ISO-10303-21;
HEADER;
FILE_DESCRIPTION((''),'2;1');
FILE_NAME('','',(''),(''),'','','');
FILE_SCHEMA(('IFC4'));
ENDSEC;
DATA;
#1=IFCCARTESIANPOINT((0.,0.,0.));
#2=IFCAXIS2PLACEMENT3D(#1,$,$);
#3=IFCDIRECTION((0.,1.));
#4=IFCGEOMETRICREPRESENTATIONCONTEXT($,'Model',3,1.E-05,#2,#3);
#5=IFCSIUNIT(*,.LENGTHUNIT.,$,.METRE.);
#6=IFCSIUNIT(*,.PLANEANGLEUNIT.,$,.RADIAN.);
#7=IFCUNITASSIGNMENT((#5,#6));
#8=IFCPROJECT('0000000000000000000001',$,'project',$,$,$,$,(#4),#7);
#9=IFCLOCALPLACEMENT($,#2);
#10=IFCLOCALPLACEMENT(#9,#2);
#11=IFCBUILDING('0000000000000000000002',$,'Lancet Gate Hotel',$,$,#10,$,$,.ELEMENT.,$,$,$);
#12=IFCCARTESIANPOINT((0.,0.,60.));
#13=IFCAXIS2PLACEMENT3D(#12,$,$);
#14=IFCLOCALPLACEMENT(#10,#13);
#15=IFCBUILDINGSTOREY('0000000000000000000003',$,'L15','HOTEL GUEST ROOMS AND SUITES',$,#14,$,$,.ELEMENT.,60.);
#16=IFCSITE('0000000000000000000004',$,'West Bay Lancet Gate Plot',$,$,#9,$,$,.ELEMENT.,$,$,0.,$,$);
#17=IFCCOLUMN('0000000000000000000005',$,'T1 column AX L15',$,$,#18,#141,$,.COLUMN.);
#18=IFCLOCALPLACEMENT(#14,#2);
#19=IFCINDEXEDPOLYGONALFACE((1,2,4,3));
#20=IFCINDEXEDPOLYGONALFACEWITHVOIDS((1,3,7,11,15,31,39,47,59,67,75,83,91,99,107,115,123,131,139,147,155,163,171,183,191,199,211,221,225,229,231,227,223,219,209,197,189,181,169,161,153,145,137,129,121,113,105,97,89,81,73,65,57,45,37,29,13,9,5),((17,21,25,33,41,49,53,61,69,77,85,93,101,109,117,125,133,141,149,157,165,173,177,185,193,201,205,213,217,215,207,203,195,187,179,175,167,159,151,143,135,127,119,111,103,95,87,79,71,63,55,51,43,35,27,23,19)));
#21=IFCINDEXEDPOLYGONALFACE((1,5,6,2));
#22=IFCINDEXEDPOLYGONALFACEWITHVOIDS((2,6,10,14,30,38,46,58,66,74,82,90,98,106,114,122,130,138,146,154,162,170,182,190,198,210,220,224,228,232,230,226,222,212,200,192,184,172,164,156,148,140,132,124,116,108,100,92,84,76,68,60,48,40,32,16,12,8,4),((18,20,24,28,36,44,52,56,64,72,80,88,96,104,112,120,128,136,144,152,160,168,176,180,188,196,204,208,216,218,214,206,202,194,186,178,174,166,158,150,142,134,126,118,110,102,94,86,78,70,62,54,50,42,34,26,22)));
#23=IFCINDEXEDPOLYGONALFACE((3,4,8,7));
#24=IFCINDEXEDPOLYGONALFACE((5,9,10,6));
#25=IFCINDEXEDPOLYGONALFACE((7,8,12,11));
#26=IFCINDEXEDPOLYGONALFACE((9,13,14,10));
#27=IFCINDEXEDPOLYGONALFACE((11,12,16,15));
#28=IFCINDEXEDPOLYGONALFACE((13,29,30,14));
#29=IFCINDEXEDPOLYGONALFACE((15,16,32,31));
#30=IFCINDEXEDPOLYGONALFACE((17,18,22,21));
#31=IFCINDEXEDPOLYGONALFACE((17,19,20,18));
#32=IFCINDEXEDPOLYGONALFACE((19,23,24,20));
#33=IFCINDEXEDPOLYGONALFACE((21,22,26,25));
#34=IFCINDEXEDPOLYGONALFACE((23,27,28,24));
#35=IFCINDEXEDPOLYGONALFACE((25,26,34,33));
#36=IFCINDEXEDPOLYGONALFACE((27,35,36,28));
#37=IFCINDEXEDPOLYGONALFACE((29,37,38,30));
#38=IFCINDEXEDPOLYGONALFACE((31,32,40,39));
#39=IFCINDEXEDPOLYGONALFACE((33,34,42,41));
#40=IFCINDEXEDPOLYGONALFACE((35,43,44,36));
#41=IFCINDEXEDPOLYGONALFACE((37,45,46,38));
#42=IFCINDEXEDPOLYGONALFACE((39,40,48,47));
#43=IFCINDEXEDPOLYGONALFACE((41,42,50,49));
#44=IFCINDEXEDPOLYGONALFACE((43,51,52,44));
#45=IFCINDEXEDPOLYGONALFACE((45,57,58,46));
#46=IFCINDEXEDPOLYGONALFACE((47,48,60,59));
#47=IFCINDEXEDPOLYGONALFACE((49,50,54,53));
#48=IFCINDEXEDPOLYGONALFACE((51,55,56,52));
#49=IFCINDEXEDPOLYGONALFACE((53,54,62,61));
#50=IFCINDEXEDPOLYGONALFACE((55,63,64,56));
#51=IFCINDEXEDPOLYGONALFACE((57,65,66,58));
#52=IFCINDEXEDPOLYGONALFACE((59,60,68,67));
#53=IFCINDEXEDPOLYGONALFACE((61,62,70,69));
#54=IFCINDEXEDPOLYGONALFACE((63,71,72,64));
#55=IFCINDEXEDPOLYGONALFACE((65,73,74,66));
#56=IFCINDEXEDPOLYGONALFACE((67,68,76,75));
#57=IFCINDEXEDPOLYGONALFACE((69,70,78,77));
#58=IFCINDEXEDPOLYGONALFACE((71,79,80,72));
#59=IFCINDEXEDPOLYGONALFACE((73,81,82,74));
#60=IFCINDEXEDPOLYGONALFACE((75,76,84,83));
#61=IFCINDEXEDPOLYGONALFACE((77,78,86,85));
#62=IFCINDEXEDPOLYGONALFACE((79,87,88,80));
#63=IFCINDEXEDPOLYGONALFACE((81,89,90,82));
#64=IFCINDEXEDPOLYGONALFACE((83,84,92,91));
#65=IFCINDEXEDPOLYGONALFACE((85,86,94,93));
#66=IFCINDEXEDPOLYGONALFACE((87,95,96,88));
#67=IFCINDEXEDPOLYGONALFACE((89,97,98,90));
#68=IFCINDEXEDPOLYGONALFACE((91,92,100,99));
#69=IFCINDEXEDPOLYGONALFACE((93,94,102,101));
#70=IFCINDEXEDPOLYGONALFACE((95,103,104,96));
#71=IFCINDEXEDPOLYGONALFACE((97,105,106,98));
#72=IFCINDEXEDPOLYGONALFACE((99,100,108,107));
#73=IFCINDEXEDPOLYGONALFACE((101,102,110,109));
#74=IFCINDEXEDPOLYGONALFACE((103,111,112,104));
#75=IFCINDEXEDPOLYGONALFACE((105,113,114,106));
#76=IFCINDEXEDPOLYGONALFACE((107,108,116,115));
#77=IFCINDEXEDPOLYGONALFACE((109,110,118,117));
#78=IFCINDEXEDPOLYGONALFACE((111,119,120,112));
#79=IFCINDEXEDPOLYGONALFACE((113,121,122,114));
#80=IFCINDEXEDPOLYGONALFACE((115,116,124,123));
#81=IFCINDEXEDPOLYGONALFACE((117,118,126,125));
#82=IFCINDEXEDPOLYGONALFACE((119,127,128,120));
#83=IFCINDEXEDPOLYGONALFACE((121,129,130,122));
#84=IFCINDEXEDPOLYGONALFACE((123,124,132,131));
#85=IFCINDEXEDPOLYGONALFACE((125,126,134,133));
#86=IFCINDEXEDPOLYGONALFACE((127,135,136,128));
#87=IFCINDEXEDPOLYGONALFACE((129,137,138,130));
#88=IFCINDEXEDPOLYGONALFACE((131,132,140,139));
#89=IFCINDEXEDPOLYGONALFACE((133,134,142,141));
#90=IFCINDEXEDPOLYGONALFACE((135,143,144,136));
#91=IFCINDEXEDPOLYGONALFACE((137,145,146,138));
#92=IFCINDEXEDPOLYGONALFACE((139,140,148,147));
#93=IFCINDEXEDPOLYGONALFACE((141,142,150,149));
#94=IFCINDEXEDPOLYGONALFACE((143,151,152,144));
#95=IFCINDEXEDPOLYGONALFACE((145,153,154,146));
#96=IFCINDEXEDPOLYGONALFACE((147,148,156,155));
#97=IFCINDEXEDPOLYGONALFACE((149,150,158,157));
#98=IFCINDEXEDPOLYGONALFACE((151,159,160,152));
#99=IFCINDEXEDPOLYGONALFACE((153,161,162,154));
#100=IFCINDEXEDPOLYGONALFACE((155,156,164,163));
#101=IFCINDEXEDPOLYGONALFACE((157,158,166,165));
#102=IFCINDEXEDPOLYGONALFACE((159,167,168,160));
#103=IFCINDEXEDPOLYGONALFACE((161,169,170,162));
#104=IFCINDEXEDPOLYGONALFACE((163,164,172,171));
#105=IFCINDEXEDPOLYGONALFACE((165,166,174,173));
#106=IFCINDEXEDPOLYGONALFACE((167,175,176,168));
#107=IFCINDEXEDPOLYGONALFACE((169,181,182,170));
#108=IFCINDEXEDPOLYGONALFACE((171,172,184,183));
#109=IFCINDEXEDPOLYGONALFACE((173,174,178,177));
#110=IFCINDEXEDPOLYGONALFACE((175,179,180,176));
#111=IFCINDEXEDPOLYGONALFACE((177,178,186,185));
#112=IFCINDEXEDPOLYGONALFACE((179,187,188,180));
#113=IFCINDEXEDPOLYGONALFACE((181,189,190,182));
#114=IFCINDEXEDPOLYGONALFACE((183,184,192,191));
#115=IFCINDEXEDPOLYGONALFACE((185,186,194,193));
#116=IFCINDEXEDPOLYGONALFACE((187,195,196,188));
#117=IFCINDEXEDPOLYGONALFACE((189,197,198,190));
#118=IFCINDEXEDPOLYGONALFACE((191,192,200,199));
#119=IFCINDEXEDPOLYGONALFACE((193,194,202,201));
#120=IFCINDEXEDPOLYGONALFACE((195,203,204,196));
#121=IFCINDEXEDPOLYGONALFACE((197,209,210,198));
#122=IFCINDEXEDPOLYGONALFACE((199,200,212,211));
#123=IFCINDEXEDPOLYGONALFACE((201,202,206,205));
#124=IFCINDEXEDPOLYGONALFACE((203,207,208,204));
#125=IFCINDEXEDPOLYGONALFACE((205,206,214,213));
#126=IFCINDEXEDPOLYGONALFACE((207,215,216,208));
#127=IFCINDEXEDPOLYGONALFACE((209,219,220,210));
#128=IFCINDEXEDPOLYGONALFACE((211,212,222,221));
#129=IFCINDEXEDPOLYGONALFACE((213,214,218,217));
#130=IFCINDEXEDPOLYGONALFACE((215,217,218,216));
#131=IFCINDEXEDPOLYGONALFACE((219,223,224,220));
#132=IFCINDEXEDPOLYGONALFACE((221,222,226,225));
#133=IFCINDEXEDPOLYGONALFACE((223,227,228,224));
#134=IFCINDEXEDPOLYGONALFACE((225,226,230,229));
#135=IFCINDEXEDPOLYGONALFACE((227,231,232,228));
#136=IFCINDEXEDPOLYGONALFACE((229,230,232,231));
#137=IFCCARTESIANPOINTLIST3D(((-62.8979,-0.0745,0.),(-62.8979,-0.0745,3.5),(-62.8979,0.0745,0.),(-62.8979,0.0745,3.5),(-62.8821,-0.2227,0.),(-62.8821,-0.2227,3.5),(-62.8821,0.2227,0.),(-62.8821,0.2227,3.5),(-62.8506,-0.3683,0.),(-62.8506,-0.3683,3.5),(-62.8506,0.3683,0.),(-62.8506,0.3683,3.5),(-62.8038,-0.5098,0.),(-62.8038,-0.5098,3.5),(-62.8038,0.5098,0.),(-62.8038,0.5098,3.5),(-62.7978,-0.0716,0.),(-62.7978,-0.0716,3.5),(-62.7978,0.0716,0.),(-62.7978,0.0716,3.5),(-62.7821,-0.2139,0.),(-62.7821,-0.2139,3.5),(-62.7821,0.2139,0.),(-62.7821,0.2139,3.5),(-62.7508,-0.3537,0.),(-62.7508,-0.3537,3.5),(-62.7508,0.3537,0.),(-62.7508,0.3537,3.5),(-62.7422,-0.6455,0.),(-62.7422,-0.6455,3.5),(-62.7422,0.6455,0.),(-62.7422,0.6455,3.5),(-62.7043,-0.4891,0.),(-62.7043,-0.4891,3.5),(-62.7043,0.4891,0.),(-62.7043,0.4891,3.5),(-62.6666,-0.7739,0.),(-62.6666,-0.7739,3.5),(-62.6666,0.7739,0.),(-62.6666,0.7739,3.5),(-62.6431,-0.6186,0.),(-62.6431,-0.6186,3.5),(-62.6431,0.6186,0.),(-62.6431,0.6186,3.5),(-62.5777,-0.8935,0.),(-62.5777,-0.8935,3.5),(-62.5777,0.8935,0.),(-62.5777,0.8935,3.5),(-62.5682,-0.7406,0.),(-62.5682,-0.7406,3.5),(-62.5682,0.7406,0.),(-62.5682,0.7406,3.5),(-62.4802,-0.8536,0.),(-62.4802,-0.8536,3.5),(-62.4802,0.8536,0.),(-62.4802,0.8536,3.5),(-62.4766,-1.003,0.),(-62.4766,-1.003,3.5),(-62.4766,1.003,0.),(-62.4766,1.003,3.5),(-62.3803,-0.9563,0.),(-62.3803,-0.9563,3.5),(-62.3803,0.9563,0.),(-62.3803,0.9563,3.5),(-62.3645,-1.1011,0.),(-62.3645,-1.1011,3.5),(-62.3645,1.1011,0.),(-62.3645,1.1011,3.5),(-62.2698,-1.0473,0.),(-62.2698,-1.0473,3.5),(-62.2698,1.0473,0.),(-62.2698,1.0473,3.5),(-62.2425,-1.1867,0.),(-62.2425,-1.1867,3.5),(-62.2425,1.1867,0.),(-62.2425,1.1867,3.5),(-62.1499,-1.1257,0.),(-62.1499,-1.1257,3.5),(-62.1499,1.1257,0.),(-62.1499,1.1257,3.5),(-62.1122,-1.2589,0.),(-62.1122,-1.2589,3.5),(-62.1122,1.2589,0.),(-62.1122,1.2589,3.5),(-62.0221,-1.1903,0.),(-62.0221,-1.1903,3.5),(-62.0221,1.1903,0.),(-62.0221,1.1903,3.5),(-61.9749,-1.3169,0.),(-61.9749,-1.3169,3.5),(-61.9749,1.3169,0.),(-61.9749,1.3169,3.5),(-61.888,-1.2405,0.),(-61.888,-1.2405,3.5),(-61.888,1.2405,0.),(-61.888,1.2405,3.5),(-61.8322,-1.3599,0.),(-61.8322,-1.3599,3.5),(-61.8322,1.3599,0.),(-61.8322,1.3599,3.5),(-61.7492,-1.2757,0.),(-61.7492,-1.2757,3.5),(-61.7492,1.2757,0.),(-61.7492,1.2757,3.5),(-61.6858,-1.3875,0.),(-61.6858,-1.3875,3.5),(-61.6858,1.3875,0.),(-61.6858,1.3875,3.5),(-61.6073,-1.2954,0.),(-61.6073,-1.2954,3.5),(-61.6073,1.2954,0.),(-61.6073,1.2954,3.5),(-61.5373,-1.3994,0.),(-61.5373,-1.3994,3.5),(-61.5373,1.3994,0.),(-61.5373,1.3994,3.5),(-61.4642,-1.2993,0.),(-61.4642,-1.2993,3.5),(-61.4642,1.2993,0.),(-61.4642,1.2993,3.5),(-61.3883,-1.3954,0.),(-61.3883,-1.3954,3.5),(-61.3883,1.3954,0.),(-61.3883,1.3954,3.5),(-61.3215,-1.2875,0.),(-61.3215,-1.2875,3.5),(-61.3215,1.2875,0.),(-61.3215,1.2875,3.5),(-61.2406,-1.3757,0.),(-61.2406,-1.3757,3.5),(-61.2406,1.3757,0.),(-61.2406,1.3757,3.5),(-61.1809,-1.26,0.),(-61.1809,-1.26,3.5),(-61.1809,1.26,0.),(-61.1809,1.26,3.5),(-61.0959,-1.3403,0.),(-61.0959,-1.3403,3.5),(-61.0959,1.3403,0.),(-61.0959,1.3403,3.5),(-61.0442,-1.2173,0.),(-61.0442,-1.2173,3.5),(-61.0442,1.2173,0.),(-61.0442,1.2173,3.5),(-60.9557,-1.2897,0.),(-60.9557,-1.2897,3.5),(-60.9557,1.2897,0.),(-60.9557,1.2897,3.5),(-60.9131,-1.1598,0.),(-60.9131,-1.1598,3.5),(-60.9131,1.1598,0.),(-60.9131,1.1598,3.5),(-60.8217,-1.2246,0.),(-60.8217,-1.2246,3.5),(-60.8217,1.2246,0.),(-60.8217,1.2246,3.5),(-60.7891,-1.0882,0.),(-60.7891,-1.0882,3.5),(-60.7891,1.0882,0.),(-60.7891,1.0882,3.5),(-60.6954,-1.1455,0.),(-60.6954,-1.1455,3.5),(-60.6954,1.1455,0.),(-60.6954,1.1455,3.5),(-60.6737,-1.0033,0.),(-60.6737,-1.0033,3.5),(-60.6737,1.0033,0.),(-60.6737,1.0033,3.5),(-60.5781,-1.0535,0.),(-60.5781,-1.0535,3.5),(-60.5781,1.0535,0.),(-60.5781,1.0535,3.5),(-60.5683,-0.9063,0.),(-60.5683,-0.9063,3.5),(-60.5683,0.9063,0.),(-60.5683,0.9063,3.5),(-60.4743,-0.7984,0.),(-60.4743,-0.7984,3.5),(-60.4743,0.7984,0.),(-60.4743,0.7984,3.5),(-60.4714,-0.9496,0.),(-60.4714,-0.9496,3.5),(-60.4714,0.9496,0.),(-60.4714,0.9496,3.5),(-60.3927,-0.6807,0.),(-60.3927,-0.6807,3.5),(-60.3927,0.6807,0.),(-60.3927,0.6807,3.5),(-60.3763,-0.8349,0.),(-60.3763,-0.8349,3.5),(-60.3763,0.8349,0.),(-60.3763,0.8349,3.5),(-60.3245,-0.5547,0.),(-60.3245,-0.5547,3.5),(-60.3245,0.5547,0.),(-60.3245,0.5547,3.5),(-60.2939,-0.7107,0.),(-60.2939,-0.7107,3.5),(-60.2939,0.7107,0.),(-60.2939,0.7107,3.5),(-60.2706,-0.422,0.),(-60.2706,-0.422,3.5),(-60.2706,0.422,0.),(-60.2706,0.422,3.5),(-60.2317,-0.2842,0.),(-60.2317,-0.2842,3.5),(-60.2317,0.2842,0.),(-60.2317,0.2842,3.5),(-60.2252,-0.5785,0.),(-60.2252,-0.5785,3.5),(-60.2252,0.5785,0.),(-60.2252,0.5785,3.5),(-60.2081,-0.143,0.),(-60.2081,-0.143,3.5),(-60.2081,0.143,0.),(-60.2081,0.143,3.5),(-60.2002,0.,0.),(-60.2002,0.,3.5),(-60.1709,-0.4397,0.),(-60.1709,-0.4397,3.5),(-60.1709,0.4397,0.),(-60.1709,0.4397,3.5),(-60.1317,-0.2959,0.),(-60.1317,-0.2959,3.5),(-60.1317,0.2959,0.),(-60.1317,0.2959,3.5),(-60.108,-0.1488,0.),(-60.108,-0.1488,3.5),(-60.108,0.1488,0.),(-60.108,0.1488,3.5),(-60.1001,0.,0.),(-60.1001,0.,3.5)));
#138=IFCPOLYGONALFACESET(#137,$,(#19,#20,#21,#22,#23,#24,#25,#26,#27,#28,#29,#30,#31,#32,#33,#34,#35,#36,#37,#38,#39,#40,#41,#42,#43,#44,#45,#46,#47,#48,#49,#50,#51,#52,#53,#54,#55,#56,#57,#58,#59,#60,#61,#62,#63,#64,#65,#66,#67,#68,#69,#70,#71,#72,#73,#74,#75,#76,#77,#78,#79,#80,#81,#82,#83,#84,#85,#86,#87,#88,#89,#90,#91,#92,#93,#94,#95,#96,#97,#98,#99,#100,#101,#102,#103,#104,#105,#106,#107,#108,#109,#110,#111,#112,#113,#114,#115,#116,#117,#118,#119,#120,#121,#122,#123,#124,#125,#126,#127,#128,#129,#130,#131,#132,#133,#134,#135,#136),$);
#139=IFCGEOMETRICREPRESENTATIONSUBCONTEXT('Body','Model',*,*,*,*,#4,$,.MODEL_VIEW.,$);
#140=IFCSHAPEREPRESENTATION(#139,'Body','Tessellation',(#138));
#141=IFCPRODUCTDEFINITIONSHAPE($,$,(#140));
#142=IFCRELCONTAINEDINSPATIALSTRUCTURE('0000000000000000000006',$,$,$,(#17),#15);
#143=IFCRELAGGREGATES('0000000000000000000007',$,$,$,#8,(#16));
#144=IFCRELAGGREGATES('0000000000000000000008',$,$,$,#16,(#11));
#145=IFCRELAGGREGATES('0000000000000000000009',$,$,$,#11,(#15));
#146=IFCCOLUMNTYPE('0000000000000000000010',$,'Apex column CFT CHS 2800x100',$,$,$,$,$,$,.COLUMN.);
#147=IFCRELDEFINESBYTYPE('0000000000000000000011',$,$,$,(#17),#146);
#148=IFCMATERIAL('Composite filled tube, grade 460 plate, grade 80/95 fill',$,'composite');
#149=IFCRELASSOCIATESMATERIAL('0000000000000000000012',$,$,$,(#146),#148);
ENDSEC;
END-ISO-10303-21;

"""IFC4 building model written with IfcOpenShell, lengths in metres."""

from ifc_helpers import new_model, si_unit, direction, frame, origin, origin_2d, place, context, subcontext, project, spatial, hollow_circle, extrude, material, material_profile, profile_set, type_object, element, save


model = new_model("IFC4")

# Units and contexts
model_context = context("Model", 3, precision=1e-05, world=origin(), true_north=direction((0.0, 1.0)))
body_context = subcontext(model_context, "Body", "Model", "MODEL_VIEW")
ifc_project = project(units=[si_unit("LENGTHUNIT", "METRE"), si_unit("PLANEANGLEUNIT", "RADIAN")], contexts=[model_context])

# Site, building, storey
site_placement = place(None, origin())
site = spatial("IfcSite", under=ifc_project, at=site_placement, Name="West Bay Lancet Gate Plot", CompositionType="ELEMENT", RefElevation=0.0)
building_placement = place(site_placement, origin())
building = spatial("IfcBuilding", under=site, at=building_placement, Name="Lancet Gate Hotel", CompositionType="ELEMENT")
storey_placement = place(building_placement, frame((0.0, 0.0, 60.0)))
storey = spatial("IfcBuildingStorey", under=building, at=storey_placement, Name="L15", Description="HOTEL GUEST ROOMS AND SUITES", CompositionType="ELEMENT", Elevation=60.0)

# Column
ifc_material_1 = material(Name="Composite filled tube, grade 460 plate, grade 80/95 fill", Category="composite")
ifc_material_profile_1 = material_profile(ifc_material_1, hollow_circle(Radius=1.3999, WallThickness=0.1001, at=origin_2d()), Name="CHS 2800x100")
ifc_profile_set_1 = profile_set([ifc_material_profile_1], Name="Composite filled tube, grade 460 plate, grade 80/95 fill")
column_type_1 = type_object("IfcColumnType", Name="Apex column CFT CHS 2800x100", PredefinedType="COLUMN", material=ifc_profile_set_1)
column_1_placement = place(storey_placement, frame((-61.5, 0.0, 0.0), z_axis=(0.0, 0.0, 1.0), x_axis=(1.0, 0.0, 0.0)))
element("IfcColumn", 1, at=column_1_placement, inside=storey, type_object=column_type_1, Name="T1 column AX L15", PredefinedType="COLUMN", context=body_context, shape_type="SweptSolid", body=[
    extrude(hollow_circle(Radius=1.3999, WallThickness=0.1001, at=origin_2d()), origin(), (0.0, 0.0, 1.0), 3.5),
])

save(model, "model.ifc")
